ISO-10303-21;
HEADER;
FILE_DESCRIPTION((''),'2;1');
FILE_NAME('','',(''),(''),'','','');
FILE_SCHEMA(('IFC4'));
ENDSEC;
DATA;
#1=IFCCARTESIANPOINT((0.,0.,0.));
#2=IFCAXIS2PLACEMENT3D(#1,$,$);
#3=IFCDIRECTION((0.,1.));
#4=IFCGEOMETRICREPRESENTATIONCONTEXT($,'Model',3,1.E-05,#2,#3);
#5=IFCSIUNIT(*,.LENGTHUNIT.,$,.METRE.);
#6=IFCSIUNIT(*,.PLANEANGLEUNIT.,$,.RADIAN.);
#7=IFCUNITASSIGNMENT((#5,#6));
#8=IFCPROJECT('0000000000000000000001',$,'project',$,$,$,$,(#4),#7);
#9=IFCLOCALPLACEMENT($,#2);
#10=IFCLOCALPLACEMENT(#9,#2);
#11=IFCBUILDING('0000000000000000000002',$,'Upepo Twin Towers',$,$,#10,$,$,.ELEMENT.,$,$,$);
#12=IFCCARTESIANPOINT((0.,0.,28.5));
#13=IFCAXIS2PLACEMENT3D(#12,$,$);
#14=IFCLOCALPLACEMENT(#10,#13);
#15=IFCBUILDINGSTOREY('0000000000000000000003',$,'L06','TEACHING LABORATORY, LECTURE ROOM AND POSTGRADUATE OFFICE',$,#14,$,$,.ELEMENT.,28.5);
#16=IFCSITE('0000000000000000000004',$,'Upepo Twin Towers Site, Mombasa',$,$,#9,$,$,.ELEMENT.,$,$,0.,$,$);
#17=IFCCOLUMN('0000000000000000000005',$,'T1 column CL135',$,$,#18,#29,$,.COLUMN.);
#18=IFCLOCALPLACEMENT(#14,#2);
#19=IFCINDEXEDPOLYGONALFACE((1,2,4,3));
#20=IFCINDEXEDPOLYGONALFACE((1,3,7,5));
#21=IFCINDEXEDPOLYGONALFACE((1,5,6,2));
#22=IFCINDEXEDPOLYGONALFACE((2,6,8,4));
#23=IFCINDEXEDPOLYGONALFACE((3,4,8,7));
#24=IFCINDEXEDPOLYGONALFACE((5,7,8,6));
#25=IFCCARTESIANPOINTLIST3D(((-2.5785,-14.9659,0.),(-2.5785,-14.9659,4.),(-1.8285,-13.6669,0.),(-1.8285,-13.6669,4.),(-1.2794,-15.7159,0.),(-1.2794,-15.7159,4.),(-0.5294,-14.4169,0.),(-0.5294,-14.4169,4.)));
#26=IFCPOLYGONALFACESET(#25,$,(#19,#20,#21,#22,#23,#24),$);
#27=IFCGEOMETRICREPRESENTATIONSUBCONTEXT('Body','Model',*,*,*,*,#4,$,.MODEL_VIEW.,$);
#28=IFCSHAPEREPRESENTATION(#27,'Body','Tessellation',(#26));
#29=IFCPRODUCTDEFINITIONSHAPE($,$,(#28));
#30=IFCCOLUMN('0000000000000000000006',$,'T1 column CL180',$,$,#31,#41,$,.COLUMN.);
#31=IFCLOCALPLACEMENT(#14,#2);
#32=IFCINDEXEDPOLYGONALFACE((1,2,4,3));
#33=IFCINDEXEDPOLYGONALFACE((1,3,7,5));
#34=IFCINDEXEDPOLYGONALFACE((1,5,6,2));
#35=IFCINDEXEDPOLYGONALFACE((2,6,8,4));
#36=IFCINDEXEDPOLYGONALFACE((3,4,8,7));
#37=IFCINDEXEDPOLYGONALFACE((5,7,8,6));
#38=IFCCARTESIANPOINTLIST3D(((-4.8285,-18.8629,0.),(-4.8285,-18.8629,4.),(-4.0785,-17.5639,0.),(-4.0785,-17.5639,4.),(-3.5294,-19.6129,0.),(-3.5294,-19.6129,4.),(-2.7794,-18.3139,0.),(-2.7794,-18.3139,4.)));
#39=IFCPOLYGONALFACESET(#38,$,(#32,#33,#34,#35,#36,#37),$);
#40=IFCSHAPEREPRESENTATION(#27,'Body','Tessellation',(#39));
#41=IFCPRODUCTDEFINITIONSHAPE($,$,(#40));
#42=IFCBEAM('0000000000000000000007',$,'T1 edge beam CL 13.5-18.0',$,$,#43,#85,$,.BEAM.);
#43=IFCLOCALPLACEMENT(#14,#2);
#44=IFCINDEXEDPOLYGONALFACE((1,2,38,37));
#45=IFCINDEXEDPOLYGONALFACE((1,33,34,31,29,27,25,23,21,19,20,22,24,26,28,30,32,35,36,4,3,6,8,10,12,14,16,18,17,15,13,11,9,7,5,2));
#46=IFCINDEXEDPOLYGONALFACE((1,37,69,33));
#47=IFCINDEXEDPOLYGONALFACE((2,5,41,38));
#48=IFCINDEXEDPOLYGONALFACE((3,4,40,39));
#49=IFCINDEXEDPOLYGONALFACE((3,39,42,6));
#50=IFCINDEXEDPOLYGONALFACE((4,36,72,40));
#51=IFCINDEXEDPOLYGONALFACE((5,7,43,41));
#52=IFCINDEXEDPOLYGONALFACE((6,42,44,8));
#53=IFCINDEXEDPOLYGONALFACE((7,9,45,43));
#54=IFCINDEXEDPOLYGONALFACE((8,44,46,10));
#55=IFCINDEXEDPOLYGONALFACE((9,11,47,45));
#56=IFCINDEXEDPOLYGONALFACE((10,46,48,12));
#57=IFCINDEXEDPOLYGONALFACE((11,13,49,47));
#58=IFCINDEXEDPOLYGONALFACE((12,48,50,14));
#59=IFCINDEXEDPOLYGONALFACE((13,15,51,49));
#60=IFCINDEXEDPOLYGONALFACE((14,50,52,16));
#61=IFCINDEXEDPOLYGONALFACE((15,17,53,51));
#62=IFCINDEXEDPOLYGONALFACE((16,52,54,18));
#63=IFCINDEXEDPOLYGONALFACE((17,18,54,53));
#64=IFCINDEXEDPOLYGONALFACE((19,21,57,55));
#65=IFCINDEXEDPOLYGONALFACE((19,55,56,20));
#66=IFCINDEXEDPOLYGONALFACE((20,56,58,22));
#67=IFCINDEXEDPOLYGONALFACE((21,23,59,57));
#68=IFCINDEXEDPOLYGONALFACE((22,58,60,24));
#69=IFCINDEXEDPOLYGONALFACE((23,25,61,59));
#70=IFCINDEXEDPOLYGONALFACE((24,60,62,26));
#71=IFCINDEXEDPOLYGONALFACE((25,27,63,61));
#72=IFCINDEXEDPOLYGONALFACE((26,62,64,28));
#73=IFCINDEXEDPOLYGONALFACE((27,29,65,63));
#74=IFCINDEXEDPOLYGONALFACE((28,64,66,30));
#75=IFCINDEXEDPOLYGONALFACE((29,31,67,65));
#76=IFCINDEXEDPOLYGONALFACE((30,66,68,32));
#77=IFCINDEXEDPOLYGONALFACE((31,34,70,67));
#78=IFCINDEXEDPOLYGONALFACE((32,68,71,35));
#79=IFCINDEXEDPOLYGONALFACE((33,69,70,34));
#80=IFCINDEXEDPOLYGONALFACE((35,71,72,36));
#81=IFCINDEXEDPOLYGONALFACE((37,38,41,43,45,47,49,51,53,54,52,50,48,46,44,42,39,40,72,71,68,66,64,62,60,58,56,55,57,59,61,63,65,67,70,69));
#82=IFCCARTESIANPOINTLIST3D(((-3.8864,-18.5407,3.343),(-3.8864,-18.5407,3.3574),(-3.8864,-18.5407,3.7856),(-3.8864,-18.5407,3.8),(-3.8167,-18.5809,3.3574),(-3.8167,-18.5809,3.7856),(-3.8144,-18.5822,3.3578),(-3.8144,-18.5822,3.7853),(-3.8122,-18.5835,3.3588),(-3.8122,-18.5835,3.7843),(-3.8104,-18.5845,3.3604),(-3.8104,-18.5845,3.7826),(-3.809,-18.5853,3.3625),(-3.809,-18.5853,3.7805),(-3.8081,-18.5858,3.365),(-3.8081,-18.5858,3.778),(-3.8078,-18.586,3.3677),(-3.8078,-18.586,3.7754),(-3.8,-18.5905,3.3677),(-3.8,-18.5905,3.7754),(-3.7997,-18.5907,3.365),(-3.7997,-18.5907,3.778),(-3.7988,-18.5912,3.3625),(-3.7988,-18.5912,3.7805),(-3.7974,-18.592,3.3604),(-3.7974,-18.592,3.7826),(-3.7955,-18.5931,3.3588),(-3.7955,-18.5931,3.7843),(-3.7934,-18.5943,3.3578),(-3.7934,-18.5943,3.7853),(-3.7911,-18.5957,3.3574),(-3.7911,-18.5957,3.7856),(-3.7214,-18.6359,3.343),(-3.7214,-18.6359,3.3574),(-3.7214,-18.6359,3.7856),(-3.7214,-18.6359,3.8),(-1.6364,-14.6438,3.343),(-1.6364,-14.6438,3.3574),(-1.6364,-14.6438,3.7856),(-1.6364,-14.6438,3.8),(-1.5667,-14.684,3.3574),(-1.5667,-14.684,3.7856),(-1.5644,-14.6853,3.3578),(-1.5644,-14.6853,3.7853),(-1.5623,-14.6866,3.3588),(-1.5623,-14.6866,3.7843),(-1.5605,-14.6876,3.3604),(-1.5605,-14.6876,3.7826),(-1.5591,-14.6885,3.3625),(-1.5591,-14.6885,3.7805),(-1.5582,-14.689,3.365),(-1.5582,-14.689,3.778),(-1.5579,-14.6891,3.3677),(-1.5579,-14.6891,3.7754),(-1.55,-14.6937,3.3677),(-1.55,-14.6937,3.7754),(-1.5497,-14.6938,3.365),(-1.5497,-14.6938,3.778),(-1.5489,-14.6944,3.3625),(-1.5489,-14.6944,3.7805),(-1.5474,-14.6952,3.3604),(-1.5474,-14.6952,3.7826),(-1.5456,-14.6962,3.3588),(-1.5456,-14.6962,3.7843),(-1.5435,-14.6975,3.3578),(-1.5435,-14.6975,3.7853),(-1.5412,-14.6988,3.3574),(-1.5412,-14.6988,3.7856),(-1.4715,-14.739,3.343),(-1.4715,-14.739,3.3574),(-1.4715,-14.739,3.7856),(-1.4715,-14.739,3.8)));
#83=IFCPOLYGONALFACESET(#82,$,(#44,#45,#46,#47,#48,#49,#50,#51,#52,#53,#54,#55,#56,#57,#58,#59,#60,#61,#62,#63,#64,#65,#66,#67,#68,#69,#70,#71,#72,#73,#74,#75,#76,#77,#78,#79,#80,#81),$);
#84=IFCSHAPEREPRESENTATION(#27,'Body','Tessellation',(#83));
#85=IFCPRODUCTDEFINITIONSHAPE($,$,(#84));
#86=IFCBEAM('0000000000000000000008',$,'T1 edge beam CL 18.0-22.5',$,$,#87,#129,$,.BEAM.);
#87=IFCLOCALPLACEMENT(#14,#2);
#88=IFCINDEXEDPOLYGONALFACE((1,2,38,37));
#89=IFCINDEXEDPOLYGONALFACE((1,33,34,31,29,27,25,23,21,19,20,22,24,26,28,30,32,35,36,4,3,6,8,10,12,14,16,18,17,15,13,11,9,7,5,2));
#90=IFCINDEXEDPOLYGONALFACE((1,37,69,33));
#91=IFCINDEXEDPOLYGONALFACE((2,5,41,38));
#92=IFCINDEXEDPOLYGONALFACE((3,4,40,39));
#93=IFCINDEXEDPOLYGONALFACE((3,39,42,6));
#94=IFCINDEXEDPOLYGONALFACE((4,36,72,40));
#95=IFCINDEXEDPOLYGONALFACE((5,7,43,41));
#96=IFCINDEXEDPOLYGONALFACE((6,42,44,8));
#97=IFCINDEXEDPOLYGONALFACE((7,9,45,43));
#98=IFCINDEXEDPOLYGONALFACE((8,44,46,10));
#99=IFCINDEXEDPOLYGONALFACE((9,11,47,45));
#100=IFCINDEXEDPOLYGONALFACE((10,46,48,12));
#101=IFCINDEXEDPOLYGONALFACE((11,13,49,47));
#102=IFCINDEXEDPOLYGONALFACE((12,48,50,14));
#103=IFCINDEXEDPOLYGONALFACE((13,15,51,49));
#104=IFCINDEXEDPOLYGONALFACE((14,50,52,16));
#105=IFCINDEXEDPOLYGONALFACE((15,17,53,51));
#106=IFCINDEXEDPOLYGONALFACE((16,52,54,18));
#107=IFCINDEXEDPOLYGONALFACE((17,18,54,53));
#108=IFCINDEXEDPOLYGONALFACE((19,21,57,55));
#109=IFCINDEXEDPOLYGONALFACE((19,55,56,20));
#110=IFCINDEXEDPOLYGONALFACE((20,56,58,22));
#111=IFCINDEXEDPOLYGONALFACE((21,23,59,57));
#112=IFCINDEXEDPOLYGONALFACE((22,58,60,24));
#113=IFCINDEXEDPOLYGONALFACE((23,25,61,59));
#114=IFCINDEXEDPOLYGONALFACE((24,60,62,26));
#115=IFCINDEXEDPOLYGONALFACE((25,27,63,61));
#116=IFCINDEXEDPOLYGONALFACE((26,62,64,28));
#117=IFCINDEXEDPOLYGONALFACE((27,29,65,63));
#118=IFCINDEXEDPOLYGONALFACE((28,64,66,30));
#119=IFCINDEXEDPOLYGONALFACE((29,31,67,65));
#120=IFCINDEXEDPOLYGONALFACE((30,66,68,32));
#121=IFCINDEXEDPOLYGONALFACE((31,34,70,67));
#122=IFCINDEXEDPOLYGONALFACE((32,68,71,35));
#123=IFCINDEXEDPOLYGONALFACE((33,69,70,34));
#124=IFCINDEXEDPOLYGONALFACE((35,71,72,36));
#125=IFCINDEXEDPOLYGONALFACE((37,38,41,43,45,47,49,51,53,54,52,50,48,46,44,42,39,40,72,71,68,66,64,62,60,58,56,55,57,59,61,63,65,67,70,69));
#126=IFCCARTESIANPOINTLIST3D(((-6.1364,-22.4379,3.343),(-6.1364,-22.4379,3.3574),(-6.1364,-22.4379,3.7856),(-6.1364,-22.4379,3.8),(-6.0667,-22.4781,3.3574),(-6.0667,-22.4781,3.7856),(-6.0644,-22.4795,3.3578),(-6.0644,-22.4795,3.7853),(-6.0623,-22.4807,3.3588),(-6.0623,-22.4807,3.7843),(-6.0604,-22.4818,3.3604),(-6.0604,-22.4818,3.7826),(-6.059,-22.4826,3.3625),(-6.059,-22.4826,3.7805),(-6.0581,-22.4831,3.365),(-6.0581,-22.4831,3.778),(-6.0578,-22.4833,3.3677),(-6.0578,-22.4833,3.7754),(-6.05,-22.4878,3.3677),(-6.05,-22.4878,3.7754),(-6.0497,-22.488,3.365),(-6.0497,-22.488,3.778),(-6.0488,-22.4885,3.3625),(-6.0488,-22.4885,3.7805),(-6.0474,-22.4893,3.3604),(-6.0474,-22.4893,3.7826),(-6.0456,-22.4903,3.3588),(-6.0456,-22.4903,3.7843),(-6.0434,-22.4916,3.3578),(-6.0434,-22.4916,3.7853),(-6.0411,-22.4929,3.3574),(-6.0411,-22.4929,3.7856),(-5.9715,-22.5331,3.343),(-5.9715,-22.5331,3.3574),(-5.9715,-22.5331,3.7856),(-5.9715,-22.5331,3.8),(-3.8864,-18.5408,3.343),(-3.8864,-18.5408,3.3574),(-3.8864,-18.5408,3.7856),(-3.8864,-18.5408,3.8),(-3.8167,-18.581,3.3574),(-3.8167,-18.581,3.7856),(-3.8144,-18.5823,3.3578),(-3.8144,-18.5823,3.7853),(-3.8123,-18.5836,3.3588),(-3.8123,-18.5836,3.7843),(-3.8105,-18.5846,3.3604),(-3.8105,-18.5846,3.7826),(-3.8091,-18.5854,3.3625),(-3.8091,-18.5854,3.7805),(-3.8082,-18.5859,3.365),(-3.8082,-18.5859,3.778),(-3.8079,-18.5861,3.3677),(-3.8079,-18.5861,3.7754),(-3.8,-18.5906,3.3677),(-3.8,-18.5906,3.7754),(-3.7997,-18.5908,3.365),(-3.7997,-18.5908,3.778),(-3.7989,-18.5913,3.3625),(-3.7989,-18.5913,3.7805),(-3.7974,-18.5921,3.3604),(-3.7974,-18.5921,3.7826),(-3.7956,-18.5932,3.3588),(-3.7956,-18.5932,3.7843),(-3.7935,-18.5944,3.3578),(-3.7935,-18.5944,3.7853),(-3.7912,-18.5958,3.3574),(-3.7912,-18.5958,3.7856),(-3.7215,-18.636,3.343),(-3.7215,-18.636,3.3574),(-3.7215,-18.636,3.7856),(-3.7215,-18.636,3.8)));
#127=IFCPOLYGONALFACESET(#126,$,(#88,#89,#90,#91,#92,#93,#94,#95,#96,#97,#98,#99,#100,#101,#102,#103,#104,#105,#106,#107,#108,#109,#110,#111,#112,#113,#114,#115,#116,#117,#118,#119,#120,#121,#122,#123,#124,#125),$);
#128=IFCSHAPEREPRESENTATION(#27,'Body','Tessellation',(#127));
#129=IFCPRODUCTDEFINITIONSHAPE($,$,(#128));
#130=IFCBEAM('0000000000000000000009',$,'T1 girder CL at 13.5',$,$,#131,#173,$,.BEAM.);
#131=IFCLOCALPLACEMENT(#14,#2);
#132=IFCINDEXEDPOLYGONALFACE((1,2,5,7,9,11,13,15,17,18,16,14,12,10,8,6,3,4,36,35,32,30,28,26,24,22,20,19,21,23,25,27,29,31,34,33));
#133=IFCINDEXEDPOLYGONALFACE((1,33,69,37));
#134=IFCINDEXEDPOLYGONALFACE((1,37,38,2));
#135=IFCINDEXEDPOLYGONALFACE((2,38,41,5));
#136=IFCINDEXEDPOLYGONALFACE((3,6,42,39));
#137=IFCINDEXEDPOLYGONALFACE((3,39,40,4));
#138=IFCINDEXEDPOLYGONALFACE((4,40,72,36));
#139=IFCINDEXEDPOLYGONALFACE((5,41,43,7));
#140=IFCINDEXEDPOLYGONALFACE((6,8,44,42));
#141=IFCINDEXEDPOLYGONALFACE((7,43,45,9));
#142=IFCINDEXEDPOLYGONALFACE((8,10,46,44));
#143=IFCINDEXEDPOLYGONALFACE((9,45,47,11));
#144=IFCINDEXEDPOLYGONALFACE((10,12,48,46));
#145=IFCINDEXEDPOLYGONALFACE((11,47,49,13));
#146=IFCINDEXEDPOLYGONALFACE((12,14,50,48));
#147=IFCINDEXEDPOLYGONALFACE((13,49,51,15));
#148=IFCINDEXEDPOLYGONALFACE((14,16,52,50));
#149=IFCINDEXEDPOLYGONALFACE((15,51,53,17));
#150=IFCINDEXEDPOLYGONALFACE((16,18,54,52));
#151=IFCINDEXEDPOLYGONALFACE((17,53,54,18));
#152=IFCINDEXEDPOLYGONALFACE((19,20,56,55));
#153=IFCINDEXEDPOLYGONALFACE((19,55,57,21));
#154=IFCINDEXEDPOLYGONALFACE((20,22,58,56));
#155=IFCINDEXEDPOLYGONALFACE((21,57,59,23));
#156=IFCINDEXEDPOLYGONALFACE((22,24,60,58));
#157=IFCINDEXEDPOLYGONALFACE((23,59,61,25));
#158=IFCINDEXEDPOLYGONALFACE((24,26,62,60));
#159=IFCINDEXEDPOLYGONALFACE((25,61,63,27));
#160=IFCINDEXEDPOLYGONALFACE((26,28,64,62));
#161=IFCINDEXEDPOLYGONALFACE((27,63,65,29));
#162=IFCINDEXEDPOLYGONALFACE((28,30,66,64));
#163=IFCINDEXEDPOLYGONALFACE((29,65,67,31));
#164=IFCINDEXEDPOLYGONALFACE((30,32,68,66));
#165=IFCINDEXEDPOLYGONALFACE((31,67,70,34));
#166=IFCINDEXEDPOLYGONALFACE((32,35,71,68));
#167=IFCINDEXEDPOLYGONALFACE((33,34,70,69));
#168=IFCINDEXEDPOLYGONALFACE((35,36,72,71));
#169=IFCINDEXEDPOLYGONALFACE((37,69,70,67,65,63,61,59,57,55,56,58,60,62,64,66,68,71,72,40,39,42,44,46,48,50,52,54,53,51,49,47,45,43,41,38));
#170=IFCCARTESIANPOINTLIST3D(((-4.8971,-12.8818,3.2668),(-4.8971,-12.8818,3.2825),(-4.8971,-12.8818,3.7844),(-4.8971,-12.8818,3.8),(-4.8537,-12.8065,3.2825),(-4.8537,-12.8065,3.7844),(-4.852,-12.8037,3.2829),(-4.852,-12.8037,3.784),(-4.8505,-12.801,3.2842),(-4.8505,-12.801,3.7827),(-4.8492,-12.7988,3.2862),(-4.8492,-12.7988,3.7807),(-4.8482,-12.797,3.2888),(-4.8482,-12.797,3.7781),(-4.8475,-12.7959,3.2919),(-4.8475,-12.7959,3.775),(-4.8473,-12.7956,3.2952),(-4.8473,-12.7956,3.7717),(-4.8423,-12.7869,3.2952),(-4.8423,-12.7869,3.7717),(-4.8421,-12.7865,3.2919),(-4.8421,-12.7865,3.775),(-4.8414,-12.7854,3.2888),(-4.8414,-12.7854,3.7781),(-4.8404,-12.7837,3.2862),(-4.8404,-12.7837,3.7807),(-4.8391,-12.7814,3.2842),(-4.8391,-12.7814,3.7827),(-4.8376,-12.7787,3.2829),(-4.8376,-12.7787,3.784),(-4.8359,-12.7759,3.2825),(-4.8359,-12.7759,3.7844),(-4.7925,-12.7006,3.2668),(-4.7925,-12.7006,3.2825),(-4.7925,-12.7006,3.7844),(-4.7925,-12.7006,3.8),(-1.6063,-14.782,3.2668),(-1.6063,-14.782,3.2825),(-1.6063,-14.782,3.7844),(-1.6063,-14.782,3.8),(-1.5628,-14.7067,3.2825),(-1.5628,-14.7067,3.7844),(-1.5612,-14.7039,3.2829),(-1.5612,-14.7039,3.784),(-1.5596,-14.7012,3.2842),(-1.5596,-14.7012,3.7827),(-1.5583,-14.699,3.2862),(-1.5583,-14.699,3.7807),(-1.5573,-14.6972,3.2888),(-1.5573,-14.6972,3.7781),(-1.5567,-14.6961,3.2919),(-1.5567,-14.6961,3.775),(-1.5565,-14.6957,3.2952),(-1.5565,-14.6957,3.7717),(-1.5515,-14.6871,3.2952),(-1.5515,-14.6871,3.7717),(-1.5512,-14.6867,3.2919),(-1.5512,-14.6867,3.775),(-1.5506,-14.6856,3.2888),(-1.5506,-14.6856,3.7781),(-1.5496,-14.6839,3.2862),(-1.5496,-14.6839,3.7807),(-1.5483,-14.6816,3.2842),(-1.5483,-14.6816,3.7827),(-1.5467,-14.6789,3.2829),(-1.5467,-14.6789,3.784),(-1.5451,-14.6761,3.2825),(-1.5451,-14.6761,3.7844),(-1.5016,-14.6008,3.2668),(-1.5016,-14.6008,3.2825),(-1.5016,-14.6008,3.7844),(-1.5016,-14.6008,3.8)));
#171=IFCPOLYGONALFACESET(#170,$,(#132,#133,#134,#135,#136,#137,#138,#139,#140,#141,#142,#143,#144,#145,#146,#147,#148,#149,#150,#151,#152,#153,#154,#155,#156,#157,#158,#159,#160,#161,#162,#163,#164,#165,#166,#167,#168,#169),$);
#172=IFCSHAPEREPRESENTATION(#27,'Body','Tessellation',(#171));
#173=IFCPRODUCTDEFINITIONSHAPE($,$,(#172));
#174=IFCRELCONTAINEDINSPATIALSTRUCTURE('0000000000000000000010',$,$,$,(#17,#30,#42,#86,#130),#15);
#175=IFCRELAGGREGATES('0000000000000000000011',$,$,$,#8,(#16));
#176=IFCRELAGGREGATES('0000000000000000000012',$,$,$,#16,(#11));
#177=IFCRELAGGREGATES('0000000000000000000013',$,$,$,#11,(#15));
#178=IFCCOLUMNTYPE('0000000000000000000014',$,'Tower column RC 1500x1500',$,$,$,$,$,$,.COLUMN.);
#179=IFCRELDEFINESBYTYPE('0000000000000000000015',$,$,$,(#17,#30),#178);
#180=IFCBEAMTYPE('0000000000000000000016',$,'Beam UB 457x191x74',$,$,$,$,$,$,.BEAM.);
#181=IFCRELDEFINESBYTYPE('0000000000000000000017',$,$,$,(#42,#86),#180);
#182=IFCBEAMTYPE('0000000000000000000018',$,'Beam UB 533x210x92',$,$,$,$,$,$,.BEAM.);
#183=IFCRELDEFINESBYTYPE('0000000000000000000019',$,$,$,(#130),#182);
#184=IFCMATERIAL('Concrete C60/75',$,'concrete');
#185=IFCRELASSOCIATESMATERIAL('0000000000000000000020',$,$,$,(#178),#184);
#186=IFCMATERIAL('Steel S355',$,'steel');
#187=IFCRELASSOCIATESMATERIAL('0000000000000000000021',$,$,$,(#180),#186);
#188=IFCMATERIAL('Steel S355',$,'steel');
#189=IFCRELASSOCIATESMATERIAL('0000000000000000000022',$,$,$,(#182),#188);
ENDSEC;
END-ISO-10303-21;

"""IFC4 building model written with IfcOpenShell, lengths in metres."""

from ifc_helpers import new_model, si_unit, direction, frame, origin, origin_2d, place, context, subcontext, project, spatial, rectangle, i_section, extrude, material, material_profile, profile_set, type_object, element, save


model = new_model("IFC4")

# Units and contexts
model_context = context("Model", 3, precision=1e-05, world=origin(), true_north=direction((0.0, 1.0)))
body_context = subcontext(model_context, "Body", "Model", "MODEL_VIEW")
ifc_project = project(units=[si_unit("LENGTHUNIT", "METRE"), si_unit("PLANEANGLEUNIT", "RADIAN")], contexts=[model_context])

# Site, building, storey
site_placement = place(None, origin())
site = spatial("IfcSite", under=ifc_project, at=site_placement, Name="Upepo Twin Towers Site, Mombasa", CompositionType="ELEMENT", RefElevation=0.0)
building_placement = place(site_placement, origin())
building = spatial("IfcBuilding", under=site, at=building_placement, Name="Upepo Twin Towers", CompositionType="ELEMENT")
storey_placement = place(building_placement, frame((0.0, 0.0, 28.5)))
storey = spatial("IfcBuildingStorey", under=building, at=storey_placement, Name="L06", Description="TEACHING LABORATORY, LECTURE ROOM AND POSTGRADUATE OFFICE", CompositionType="ELEMENT", Elevation=28.5)

# Columns
ifc_material_1 = material(Name="Concrete C60/75", Category="concrete")
ifc_material_profile_1 = material_profile(ifc_material_1, rectangle(XDim=1.5, YDim=1.5, at=origin_2d()), Name="RC 1500x1500")
ifc_profile_set_1 = profile_set([ifc_material_profile_1], Name="Concrete C60/75")
column_type = type_object("IfcColumnType", Name="Tower column RC 1500x1500", PredefinedType="COLUMN", material=ifc_profile_set_1)
for number, where, z_axis, x_axis, name in (
    (1, (-1.554, -14.6914, 0.0), (0.0, 0.0, 1.0), (0.5, 0.866025, 0.0), "T1 column CL135"),
    (2, (-3.804, -18.5884, 0.0), (0.0, 0.0, 1.0), (0.5, 0.866025, 0.0), "T1 column CL180"),
):
    element("IfcColumn", number, at=place(storey_placement, frame(where, z_axis=z_axis, x_axis=x_axis)), inside=storey, type_object=column_type, Name=name, PredefinedType="COLUMN", context=body_context, shape_type="SweptSolid", body=[
        extrude(rectangle(XDim=1.5, YDim=1.5, at=origin_2d()), origin(), (0.0, 0.0, 1.0), 4.0),
    ])

# Beams
ifc_material_2 = material(Name="Steel S355", Category="steel")
ifc_material_profile_2 = material_profile(ifc_material_2, i_section(OverallWidth=0.1904, OverallDepth=0.457, WebThickness=0.009, FlangeThickness=0.0144, FilletRadius=0.0103, at=origin_2d()), Name="UB 457x191x74")
ifc_profile_set_2 = profile_set([ifc_material_profile_2], Name="Steel S355")
beam_type_1 = type_object("IfcBeamType", Name="Beam UB 457x191x74", PredefinedType="BEAM", material=ifc_profile_set_2)
beam_1_placement = place(storey_placement, frame((-1.554, -14.6914, 3.5715), z_axis=(-0.500014, -0.866018, 0.0), x_axis=(0.866018, -0.500014, 0.0)))
element("IfcBeam", 3, at=beam_1_placement, inside=storey, type_object=beam_type_1, Name="T1 edge beam CL 13.5-18.0", PredefinedType="BEAM", context=body_context, shape_type="SweptSolid", body=[
    extrude(i_section(OverallWidth=0.1904, OverallDepth=0.457, WebThickness=0.009, FlangeThickness=0.0144, FilletRadius=0.0103, at=origin_2d()), origin(), (0.0, 0.0, 1.0), 4.4998),
])
beam_2_placement = place(storey_placement, frame((-3.804, -18.5884, 3.5715), z_axis=(-0.49999, -0.866031, 0.0), x_axis=(0.866031, -0.49999, 0.0)))
element("IfcBeam", 4, at=beam_2_placement, inside=storey, type_object=beam_type_1, Name="T1 edge beam CL 18.0-22.5", PredefinedType="BEAM", context=body_context, shape_type="SweptSolid", body=[
    extrude(i_section(OverallWidth=0.1904, OverallDepth=0.457, WebThickness=0.009, FlangeThickness=0.0144, FilletRadius=0.0103, at=origin_2d()), origin(), (0.0, 0.0, 1.0), 4.5),
])
ifc_material_3 = material(Name="Steel S355", Category="steel")
ifc_material_profile_3 = material_profile(ifc_material_3, i_section(OverallWidth=0.2092, OverallDepth=0.5332, WebThickness=0.01, FlangeThickness=0.0156, FilletRadius=0.0127, at=origin_2d()), Name="UB 533x210x92")
ifc_profile_set_3 = profile_set([ifc_material_profile_3], Name="Steel S355")
beam_type_2 = type_object("IfcBeamType", Name="Beam UB 533x210x92", PredefinedType="BEAM", material=ifc_profile_set_3)
beam_3_placement = place(storey_placement, frame((-1.554, -14.6914, 3.5334), z_axis=(-0.866, 0.500043, 0.0), x_axis=(-0.500043, -0.866, 0.0)))
element("IfcBeam", 5, at=beam_3_placement, inside=storey, type_object=beam_type_2, Name="T1 girder CL at 13.5", PredefinedType="BEAM", context=body_context, shape_type="SweptSolid", body=[
    extrude(i_section(OverallWidth=0.2092, OverallDepth=0.5332, WebThickness=0.01, FlangeThickness=0.0156, FilletRadius=0.0127, at=origin_2d()), origin(), (0.0, 0.0, 1.0), 3.8),
])

save(model, "model.ifc")
